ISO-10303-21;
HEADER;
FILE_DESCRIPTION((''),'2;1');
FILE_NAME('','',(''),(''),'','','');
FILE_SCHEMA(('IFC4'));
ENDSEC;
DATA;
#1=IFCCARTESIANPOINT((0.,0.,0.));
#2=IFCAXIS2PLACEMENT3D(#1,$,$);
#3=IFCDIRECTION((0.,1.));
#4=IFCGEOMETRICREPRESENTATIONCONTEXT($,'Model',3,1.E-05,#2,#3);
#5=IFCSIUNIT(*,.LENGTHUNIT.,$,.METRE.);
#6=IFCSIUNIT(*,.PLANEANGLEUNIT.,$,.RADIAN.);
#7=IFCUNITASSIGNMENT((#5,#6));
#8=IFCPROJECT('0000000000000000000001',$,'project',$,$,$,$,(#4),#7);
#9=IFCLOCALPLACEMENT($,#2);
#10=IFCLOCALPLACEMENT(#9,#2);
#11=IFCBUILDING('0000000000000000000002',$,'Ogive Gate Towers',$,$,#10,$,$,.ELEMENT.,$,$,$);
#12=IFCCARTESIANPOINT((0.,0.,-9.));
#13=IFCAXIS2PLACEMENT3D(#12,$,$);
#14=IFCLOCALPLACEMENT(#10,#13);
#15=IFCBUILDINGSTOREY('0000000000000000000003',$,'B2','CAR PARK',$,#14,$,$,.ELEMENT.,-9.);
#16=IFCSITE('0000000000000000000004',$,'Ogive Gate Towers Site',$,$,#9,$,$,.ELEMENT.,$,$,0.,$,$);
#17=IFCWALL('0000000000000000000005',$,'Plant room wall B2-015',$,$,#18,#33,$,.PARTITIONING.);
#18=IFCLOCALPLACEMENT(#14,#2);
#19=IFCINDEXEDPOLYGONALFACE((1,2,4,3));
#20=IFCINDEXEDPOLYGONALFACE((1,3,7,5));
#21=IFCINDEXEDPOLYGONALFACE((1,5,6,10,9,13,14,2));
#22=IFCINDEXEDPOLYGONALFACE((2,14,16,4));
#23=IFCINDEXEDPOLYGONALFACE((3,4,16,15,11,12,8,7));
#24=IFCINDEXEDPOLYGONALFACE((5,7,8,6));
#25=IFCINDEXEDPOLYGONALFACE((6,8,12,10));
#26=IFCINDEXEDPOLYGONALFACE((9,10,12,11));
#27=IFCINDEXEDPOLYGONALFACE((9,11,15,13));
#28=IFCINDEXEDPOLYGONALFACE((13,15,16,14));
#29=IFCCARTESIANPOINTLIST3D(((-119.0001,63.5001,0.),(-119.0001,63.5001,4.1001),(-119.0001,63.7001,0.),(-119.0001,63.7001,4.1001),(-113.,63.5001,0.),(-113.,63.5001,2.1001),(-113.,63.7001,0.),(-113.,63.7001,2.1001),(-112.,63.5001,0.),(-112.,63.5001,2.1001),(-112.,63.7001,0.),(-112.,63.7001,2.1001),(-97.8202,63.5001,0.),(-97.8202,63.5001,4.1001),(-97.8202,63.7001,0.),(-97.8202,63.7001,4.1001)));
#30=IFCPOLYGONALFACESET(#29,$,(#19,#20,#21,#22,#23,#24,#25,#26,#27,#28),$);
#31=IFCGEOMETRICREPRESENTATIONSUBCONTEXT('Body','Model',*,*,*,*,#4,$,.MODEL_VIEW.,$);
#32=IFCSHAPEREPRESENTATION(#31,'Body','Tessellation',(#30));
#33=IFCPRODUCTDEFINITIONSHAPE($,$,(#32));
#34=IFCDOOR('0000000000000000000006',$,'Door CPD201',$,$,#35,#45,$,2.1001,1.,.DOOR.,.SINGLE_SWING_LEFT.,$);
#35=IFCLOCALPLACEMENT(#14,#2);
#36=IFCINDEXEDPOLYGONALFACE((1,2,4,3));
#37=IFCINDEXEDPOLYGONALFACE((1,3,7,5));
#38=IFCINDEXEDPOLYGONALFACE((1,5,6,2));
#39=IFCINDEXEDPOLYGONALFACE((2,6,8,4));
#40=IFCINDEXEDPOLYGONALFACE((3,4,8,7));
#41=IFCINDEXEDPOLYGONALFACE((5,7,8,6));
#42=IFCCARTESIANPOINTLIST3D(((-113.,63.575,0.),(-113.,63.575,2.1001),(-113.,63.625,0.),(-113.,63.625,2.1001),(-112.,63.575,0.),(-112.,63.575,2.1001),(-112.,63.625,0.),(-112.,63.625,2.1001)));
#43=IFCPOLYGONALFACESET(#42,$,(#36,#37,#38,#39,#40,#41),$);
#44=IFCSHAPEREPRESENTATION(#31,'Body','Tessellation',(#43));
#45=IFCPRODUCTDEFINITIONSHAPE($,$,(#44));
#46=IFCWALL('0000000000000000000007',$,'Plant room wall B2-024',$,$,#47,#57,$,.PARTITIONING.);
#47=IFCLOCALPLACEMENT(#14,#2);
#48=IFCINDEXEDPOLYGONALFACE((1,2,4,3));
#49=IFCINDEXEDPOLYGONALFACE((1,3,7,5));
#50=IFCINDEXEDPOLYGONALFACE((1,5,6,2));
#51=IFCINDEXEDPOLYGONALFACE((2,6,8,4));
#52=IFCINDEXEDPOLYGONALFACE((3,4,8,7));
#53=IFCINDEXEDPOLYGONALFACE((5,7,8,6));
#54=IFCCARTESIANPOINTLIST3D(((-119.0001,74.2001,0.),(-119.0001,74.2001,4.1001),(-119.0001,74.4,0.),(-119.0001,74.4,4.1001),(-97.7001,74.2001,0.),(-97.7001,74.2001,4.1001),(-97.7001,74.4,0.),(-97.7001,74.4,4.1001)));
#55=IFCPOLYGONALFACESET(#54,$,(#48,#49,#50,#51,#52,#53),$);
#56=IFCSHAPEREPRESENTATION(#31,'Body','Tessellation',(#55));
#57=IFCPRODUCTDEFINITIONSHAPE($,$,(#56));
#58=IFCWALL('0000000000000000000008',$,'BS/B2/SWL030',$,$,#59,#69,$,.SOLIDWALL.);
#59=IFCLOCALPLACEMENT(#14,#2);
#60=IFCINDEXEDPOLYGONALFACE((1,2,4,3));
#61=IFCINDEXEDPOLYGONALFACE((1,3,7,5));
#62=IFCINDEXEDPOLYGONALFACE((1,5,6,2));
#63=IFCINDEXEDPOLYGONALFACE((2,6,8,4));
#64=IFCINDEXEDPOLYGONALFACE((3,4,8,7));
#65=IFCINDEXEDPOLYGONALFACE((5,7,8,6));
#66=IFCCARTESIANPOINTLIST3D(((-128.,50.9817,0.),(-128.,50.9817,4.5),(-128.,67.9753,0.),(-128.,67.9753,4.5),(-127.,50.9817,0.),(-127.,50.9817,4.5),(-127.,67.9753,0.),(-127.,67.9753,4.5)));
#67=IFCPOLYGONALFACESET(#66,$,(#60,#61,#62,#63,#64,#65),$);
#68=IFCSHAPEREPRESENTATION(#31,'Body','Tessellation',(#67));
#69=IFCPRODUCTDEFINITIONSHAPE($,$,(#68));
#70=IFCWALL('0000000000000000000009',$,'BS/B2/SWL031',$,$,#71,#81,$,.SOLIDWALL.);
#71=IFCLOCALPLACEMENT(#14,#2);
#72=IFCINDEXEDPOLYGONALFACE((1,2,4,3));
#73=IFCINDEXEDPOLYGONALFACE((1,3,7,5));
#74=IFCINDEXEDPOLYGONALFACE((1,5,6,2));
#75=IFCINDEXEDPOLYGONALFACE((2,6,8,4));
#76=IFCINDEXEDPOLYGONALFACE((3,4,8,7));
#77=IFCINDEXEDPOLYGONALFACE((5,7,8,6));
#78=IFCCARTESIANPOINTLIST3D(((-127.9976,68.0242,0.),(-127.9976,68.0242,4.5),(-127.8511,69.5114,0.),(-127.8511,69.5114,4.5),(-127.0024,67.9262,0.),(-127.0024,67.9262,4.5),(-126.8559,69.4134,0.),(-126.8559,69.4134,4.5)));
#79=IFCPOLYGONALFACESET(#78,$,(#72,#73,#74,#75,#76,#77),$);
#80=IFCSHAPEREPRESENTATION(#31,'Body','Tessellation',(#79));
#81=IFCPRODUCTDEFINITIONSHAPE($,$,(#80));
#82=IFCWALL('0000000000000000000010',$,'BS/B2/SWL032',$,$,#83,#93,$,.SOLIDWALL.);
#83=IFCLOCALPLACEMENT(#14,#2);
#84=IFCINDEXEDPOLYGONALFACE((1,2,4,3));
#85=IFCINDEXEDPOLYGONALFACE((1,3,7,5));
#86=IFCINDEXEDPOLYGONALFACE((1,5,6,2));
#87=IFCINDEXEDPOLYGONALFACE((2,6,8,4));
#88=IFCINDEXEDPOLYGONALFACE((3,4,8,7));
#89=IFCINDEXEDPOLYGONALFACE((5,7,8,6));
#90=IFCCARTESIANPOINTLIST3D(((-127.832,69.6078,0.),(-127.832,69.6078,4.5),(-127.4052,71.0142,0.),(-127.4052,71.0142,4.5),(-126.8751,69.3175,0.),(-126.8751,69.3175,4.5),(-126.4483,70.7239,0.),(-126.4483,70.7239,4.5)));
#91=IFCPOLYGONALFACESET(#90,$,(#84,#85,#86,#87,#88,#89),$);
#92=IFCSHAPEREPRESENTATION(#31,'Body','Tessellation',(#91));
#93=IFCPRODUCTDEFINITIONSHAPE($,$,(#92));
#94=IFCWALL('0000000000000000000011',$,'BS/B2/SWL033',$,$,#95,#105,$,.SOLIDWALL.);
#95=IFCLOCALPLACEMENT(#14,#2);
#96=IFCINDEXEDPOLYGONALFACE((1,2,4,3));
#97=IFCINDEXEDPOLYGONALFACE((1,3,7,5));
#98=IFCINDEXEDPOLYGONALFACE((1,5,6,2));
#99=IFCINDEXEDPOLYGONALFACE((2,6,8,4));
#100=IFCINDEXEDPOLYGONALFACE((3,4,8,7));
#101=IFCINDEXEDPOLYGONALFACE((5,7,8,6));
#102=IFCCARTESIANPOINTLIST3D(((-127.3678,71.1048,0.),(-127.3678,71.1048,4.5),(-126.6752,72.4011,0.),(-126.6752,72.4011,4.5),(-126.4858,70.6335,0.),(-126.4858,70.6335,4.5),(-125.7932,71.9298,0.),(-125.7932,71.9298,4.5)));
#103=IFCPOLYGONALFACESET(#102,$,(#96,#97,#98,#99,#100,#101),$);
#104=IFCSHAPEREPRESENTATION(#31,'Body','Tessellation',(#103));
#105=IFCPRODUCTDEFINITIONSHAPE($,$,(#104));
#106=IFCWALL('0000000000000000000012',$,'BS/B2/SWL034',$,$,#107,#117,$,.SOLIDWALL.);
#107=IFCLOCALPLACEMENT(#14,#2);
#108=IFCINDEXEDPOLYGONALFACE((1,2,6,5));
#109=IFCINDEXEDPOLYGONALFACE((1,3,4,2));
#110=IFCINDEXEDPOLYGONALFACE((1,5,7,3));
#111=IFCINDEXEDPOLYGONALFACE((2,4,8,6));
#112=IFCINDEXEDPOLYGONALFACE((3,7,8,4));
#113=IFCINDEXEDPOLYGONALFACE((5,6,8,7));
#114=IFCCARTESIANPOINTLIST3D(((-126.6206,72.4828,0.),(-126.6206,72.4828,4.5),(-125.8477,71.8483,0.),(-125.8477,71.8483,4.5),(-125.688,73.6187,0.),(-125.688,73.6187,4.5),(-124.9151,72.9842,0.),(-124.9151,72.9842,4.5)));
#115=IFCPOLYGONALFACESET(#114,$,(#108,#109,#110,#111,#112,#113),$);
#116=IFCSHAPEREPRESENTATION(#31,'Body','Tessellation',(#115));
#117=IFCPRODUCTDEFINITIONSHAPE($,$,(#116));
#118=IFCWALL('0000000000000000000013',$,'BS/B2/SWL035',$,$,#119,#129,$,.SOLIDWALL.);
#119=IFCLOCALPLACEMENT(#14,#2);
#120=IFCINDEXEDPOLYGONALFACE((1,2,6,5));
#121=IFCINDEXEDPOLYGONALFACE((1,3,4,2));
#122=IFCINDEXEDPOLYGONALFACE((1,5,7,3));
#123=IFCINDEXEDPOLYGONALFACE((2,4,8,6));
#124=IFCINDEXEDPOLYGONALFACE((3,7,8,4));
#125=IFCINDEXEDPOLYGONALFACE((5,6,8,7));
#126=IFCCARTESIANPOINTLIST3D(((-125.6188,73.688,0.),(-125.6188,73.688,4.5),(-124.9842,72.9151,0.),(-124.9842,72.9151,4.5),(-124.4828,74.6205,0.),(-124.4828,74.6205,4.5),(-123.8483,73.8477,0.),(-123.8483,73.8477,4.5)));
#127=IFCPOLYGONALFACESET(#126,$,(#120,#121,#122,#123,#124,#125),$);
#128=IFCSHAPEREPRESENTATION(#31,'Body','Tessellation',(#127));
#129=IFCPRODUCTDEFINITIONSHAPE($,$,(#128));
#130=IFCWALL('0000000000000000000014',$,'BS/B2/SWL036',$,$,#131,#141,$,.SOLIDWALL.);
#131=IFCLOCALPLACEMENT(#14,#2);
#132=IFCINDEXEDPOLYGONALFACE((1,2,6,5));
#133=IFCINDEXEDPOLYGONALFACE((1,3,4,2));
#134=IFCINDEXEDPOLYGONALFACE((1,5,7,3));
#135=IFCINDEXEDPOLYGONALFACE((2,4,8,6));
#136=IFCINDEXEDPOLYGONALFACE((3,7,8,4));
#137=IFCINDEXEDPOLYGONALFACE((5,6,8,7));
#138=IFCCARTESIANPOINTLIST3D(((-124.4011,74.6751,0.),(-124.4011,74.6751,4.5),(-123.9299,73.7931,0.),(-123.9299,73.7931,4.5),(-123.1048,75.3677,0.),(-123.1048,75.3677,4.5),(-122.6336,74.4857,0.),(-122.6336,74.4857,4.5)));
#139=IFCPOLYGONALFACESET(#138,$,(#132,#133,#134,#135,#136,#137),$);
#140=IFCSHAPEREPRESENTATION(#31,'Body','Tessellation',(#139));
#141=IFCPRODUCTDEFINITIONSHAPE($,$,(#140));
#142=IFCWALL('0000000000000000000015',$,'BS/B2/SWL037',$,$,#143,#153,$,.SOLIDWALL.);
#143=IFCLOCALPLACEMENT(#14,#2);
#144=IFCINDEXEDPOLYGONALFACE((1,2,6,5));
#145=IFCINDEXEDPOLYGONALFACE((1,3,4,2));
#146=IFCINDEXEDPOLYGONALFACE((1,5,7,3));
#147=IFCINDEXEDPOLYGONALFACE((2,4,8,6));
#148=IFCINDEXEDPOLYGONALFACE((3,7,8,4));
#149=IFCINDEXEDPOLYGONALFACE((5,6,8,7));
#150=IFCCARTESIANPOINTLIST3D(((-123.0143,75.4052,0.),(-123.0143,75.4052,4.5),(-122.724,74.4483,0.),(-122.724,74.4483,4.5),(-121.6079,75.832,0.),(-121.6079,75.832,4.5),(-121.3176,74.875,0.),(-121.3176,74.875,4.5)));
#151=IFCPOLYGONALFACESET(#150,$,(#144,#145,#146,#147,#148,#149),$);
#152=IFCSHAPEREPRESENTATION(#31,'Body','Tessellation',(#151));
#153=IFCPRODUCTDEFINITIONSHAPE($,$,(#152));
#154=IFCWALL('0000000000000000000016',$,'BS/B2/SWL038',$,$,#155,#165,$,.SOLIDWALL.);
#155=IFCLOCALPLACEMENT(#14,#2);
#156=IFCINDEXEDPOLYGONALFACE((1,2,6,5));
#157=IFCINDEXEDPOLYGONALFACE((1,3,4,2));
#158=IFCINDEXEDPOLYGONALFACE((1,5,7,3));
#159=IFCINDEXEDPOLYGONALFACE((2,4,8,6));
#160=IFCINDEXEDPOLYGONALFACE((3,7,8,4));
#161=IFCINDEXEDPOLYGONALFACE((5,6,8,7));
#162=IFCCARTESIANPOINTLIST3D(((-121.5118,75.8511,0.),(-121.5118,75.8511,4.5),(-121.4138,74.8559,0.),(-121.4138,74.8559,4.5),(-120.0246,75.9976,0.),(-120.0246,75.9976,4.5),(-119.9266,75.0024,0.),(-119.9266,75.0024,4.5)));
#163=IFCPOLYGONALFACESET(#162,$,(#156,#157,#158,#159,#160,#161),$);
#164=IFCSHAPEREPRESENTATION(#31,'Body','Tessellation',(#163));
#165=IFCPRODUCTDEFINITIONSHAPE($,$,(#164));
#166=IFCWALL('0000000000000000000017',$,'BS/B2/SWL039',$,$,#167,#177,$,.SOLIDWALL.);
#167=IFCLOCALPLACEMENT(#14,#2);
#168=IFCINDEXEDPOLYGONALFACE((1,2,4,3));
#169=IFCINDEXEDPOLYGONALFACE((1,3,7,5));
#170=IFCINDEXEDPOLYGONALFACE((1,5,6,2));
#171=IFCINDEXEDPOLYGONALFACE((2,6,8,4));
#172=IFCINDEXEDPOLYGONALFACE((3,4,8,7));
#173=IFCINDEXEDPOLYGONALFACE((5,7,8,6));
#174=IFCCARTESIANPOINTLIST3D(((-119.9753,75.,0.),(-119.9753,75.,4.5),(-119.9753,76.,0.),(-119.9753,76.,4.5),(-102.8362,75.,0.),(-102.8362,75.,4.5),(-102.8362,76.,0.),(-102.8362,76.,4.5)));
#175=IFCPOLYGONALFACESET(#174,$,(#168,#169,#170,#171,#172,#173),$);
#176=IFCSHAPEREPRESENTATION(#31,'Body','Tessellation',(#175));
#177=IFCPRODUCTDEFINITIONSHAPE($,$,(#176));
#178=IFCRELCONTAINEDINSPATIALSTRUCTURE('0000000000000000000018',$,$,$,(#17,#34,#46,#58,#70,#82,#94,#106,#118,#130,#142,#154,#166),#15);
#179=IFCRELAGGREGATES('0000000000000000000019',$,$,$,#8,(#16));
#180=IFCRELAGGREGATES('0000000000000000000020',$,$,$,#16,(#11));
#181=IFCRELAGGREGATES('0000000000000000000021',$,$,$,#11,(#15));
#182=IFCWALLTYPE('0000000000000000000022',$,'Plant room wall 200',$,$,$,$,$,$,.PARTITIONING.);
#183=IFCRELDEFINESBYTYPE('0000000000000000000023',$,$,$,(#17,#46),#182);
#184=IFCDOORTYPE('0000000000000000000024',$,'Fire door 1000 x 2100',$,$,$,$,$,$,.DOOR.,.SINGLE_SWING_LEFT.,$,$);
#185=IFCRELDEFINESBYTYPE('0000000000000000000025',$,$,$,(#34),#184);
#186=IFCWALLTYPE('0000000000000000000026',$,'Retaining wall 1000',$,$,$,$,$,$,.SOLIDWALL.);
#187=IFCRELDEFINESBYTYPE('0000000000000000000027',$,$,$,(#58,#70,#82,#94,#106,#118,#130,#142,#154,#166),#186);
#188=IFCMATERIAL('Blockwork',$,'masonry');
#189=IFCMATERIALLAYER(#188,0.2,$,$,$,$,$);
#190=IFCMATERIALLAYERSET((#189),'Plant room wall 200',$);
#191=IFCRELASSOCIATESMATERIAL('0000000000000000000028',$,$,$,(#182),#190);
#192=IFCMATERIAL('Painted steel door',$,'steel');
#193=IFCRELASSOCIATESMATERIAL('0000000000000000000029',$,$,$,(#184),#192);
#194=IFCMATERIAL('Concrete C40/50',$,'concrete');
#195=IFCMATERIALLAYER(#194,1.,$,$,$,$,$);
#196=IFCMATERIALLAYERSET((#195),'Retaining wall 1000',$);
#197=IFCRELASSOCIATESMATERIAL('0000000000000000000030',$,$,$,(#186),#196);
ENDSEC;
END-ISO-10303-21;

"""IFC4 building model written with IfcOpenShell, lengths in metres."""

from ifc_helpers import new_model, si_unit, direction, frame, frame_2d, origin, place, context, subcontext, project, spatial, rectangle, extrude, material, layer, layer_set, type_object, element, fill, save


model = new_model("IFC4")

# Units and contexts
model_context = context("Model", 3, precision=1e-05, world=origin(), true_north=direction((0.0, 1.0)))
body_context = subcontext(model_context, "Body", "Model", "MODEL_VIEW")
ifc_project = project(units=[si_unit("LENGTHUNIT", "METRE"), si_unit("PLANEANGLEUNIT", "RADIAN")], contexts=[model_context])

# Site, building, storey
site_placement = place(None, origin())
site = spatial("IfcSite", under=ifc_project, at=site_placement, Name="Ogive Gate Towers Site", CompositionType="ELEMENT", RefElevation=0.0)
building_placement = place(site_placement, origin())
building = spatial("IfcBuilding", under=site, at=building_placement, Name="Ogive Gate Towers", CompositionType="ELEMENT")
storey_placement = place(building_placement, frame((0.0, 0.0, -9.0)))
storey = spatial("IfcBuildingStorey", under=building, at=storey_placement, Name="B2", Description="CAR PARK", CompositionType="ELEMENT", Elevation=-9.0)

# Shared definitions
ifc_material_1 = material(Name="Concrete C40/50", Category="concrete")

# Shared definitions
ifc_material_2 = material(Name="Blockwork", Category="masonry")
ifc_layer_1 = layer(ifc_material_2, 0.2)
ifc_layer_set_1 = layer_set([ifc_layer_1], Name="Plant room wall 200")
wall_type_1 = type_object("IfcWallType", Name="Plant room wall 200", PredefinedType="PARTITIONING", material=ifc_layer_set_1)

# Wall, opening, door
wall_1_placement = place(storey_placement, frame((-119.0, 63.6001, 0.0), z_axis=(0.0, 0.0, 1.0), x_axis=(1.0, 0.0, 0.0)))
wall_1 = element("IfcWall", 1, at=wall_1_placement, inside=storey, type_object=wall_type_1, Name="Plant room wall B2-015", PredefinedType="PARTITIONING", context=body_context, shape_type="SweptSolid", body=[
    extrude(rectangle(XDim=21.1799, YDim=0.2, at=frame_2d((10.5898, 0.0))), origin(), (0.0, 0.0, 1.0), 4.1001),
])
opening_placement = place(wall_1_placement, frame((6.0, 0.0, 0.0)))
opening = element("IfcOpeningElement", 2, at=opening_placement, cuts=wall_1, PredefinedType="OPENING", context=body_context, shape_type="SweptSolid", body=[
    extrude(rectangle(XDim=1.0, YDim=2.1001, at=frame_2d((0.5, 1.05))), frame((0.0, 0.1099, 0.0), z_axis=(0.0, -1.0, 0.0), x_axis=(1.0, 0.0, 0.0)), (0.0, 0.0, 1.0), 0.22),
])
ifc_material_3 = material(Name="Painted steel door", Category="steel")
door_type = type_object("IfcDoorType", Name="Fire door 1000 x 2100", OperationType="SINGLE_SWING_LEFT", PredefinedType="DOOR", material=ifc_material_3)
door_placement = place(opening_placement, origin())
door = element("IfcDoor", 3, at=door_placement, inside=storey, type_object=door_type, Name="Door CPD201", OperationType="SINGLE_SWING_LEFT", OverallHeight=2.1001, OverallWidth=1.0, PredefinedType="DOOR", context=body_context, shape_type="SweptSolid", body=[
    extrude(rectangle(XDim=1.0, YDim=2.1001, at=frame_2d((0.5, 1.05))), frame((0.0, 0.0249, 0.0), z_axis=(0.0, -1.0, 0.0), x_axis=(1.0, 0.0, 0.0)), (0.0, 0.0, 1.0), 0.05),
])
fill(opening, door)

# Walls
wall_2_placement = place(storey_placement, frame((-119.0, 74.3, 0.0), z_axis=(0.0, 0.0, 1.0), x_axis=(1.0, 0.0, 0.0)))
element("IfcWall", 4, at=wall_2_placement, inside=storey, type_object=wall_type_1, Name="Plant room wall B2-024", PredefinedType="PARTITIONING", context=body_context, shape_type="SweptSolid", body=[
    extrude(rectangle(XDim=21.3, YDim=0.2, at=frame_2d((10.6499, 0.0))), origin(), (0.0, 0.0, 1.0), 4.1001),
])
ifc_layer_2 = layer(ifc_material_1, 1.0)
ifc_layer_set_2 = layer_set([ifc_layer_2], Name="Retaining wall 1000")
wall_type_2 = type_object("IfcWallType", Name="Retaining wall 1000", PredefinedType="SOLIDWALL", material=ifc_layer_set_2)
wall_3_placement = place(storey_placement, frame((-127.5, 50.9817, 0.0), z_axis=(0.0, 0.0, 1.0), x_axis=(0.0, 1.0, 0.0)))
element("IfcWall", 5, at=wall_3_placement, inside=storey, type_object=wall_type_2, Name="BS/B2/SWL030", PredefinedType="SOLIDWALL", context=body_context, shape_type="SweptSolid", body=[
    extrude(rectangle(XDim=16.9937, YDim=1.0, at=frame_2d((8.4968, 0.0))), origin(), (0.0, 0.0, 1.0), 4.5),
])
wall_4_placement = place(storey_placement, frame((-127.5, 67.9753, 0.0), z_axis=(0.0, 0.0, 1.0), x_axis=(0.098016, 0.995185, 0.0)))
element("IfcWall", 6, at=wall_4_placement, inside=storey, type_object=wall_type_2, Name="BS/B2/SWL031", PredefinedType="SOLIDWALL", context=body_context, shape_type="SweptSolid", body=[
    extrude(rectangle(XDim=1.4944, YDim=1.0, at=frame_2d((0.7471, 0.0))), origin(), (0.0, 0.0, 1.0), 4.5),
])
for number, where, z_axis, x_axis, name in (
    (7, (-127.3535, 69.4626, 0.0), (0.0, 0.0, 1.0), (0.290349, 0.956921, 0.0), "BS/B2/SWL032"),
    (8, (-126.9268, 70.8691, 0.0), (0.0, 0.0, 1.0), (0.471235, 0.882008, 0.0), "BS/B2/SWL033"),
    (9, (-126.2341, 72.1655, 0.0), (0.0, 0.0, 1.0), (0.63453, 0.772898, 0.0), "BS/B2/SWL034"),
    (10, (-125.3015, 73.3015, 0.0), (0.0, 0.0, 1.0), (0.772898, 0.63453, 0.0), "BS/B2/SWL035"),
    (11, (-124.1655, 74.2341, 0.0), (0.0, 0.0, 1.0), (0.882008, 0.471235, 0.0), "BS/B2/SWL036"),
    (12, (-122.8691, 74.9268, 0.0), (0.0, 0.0, 1.0), (0.956921, 0.290349, 0.0), "BS/B2/SWL037"),
):
    element("IfcWall", number, at=place(storey_placement, frame(where, z_axis=z_axis, x_axis=x_axis)), inside=storey, type_object=wall_type_2, Name=name, PredefinedType="SOLIDWALL", context=body_context, shape_type="SweptSolid", body=[
        extrude(rectangle(XDim=1.4697, YDim=1.0, at=frame_2d((0.7349, 0.0))), origin(), (0.0, 0.0, 1.0), 4.5),
    ])
wall_5_placement = place(storey_placement, frame((-121.4626, 75.3535, 0.0), z_axis=(0.0, 0.0, 1.0), x_axis=(0.995185, 0.098016, 0.0)))
element("IfcWall", 13, at=wall_5_placement, inside=storey, type_object=wall_type_2, Name="BS/B2/SWL038", PredefinedType="SOLIDWALL", context=body_context, shape_type="SweptSolid", body=[
    extrude(rectangle(XDim=1.4944, YDim=1.0, at=frame_2d((0.7471, 0.0))), origin(), (0.0, 0.0, 1.0), 4.5),
])
wall_6_placement = place(storey_placement, frame((-119.9753, 75.5, 0.0), z_axis=(0.0, 0.0, 1.0), x_axis=(1.0, 0.0, 0.0)))
element("IfcWall", 14, at=wall_6_placement, inside=storey, type_object=wall_type_2, Name="BS/B2/SWL039", PredefinedType="SOLIDWALL", context=body_context, shape_type="SweptSolid", body=[
    extrude(rectangle(XDim=17.1392, YDim=1.0, at=frame_2d((8.5696, 0.0))), origin(), (0.0, 0.0, 1.0), 4.5),
])

save(model, "model.ifc")
